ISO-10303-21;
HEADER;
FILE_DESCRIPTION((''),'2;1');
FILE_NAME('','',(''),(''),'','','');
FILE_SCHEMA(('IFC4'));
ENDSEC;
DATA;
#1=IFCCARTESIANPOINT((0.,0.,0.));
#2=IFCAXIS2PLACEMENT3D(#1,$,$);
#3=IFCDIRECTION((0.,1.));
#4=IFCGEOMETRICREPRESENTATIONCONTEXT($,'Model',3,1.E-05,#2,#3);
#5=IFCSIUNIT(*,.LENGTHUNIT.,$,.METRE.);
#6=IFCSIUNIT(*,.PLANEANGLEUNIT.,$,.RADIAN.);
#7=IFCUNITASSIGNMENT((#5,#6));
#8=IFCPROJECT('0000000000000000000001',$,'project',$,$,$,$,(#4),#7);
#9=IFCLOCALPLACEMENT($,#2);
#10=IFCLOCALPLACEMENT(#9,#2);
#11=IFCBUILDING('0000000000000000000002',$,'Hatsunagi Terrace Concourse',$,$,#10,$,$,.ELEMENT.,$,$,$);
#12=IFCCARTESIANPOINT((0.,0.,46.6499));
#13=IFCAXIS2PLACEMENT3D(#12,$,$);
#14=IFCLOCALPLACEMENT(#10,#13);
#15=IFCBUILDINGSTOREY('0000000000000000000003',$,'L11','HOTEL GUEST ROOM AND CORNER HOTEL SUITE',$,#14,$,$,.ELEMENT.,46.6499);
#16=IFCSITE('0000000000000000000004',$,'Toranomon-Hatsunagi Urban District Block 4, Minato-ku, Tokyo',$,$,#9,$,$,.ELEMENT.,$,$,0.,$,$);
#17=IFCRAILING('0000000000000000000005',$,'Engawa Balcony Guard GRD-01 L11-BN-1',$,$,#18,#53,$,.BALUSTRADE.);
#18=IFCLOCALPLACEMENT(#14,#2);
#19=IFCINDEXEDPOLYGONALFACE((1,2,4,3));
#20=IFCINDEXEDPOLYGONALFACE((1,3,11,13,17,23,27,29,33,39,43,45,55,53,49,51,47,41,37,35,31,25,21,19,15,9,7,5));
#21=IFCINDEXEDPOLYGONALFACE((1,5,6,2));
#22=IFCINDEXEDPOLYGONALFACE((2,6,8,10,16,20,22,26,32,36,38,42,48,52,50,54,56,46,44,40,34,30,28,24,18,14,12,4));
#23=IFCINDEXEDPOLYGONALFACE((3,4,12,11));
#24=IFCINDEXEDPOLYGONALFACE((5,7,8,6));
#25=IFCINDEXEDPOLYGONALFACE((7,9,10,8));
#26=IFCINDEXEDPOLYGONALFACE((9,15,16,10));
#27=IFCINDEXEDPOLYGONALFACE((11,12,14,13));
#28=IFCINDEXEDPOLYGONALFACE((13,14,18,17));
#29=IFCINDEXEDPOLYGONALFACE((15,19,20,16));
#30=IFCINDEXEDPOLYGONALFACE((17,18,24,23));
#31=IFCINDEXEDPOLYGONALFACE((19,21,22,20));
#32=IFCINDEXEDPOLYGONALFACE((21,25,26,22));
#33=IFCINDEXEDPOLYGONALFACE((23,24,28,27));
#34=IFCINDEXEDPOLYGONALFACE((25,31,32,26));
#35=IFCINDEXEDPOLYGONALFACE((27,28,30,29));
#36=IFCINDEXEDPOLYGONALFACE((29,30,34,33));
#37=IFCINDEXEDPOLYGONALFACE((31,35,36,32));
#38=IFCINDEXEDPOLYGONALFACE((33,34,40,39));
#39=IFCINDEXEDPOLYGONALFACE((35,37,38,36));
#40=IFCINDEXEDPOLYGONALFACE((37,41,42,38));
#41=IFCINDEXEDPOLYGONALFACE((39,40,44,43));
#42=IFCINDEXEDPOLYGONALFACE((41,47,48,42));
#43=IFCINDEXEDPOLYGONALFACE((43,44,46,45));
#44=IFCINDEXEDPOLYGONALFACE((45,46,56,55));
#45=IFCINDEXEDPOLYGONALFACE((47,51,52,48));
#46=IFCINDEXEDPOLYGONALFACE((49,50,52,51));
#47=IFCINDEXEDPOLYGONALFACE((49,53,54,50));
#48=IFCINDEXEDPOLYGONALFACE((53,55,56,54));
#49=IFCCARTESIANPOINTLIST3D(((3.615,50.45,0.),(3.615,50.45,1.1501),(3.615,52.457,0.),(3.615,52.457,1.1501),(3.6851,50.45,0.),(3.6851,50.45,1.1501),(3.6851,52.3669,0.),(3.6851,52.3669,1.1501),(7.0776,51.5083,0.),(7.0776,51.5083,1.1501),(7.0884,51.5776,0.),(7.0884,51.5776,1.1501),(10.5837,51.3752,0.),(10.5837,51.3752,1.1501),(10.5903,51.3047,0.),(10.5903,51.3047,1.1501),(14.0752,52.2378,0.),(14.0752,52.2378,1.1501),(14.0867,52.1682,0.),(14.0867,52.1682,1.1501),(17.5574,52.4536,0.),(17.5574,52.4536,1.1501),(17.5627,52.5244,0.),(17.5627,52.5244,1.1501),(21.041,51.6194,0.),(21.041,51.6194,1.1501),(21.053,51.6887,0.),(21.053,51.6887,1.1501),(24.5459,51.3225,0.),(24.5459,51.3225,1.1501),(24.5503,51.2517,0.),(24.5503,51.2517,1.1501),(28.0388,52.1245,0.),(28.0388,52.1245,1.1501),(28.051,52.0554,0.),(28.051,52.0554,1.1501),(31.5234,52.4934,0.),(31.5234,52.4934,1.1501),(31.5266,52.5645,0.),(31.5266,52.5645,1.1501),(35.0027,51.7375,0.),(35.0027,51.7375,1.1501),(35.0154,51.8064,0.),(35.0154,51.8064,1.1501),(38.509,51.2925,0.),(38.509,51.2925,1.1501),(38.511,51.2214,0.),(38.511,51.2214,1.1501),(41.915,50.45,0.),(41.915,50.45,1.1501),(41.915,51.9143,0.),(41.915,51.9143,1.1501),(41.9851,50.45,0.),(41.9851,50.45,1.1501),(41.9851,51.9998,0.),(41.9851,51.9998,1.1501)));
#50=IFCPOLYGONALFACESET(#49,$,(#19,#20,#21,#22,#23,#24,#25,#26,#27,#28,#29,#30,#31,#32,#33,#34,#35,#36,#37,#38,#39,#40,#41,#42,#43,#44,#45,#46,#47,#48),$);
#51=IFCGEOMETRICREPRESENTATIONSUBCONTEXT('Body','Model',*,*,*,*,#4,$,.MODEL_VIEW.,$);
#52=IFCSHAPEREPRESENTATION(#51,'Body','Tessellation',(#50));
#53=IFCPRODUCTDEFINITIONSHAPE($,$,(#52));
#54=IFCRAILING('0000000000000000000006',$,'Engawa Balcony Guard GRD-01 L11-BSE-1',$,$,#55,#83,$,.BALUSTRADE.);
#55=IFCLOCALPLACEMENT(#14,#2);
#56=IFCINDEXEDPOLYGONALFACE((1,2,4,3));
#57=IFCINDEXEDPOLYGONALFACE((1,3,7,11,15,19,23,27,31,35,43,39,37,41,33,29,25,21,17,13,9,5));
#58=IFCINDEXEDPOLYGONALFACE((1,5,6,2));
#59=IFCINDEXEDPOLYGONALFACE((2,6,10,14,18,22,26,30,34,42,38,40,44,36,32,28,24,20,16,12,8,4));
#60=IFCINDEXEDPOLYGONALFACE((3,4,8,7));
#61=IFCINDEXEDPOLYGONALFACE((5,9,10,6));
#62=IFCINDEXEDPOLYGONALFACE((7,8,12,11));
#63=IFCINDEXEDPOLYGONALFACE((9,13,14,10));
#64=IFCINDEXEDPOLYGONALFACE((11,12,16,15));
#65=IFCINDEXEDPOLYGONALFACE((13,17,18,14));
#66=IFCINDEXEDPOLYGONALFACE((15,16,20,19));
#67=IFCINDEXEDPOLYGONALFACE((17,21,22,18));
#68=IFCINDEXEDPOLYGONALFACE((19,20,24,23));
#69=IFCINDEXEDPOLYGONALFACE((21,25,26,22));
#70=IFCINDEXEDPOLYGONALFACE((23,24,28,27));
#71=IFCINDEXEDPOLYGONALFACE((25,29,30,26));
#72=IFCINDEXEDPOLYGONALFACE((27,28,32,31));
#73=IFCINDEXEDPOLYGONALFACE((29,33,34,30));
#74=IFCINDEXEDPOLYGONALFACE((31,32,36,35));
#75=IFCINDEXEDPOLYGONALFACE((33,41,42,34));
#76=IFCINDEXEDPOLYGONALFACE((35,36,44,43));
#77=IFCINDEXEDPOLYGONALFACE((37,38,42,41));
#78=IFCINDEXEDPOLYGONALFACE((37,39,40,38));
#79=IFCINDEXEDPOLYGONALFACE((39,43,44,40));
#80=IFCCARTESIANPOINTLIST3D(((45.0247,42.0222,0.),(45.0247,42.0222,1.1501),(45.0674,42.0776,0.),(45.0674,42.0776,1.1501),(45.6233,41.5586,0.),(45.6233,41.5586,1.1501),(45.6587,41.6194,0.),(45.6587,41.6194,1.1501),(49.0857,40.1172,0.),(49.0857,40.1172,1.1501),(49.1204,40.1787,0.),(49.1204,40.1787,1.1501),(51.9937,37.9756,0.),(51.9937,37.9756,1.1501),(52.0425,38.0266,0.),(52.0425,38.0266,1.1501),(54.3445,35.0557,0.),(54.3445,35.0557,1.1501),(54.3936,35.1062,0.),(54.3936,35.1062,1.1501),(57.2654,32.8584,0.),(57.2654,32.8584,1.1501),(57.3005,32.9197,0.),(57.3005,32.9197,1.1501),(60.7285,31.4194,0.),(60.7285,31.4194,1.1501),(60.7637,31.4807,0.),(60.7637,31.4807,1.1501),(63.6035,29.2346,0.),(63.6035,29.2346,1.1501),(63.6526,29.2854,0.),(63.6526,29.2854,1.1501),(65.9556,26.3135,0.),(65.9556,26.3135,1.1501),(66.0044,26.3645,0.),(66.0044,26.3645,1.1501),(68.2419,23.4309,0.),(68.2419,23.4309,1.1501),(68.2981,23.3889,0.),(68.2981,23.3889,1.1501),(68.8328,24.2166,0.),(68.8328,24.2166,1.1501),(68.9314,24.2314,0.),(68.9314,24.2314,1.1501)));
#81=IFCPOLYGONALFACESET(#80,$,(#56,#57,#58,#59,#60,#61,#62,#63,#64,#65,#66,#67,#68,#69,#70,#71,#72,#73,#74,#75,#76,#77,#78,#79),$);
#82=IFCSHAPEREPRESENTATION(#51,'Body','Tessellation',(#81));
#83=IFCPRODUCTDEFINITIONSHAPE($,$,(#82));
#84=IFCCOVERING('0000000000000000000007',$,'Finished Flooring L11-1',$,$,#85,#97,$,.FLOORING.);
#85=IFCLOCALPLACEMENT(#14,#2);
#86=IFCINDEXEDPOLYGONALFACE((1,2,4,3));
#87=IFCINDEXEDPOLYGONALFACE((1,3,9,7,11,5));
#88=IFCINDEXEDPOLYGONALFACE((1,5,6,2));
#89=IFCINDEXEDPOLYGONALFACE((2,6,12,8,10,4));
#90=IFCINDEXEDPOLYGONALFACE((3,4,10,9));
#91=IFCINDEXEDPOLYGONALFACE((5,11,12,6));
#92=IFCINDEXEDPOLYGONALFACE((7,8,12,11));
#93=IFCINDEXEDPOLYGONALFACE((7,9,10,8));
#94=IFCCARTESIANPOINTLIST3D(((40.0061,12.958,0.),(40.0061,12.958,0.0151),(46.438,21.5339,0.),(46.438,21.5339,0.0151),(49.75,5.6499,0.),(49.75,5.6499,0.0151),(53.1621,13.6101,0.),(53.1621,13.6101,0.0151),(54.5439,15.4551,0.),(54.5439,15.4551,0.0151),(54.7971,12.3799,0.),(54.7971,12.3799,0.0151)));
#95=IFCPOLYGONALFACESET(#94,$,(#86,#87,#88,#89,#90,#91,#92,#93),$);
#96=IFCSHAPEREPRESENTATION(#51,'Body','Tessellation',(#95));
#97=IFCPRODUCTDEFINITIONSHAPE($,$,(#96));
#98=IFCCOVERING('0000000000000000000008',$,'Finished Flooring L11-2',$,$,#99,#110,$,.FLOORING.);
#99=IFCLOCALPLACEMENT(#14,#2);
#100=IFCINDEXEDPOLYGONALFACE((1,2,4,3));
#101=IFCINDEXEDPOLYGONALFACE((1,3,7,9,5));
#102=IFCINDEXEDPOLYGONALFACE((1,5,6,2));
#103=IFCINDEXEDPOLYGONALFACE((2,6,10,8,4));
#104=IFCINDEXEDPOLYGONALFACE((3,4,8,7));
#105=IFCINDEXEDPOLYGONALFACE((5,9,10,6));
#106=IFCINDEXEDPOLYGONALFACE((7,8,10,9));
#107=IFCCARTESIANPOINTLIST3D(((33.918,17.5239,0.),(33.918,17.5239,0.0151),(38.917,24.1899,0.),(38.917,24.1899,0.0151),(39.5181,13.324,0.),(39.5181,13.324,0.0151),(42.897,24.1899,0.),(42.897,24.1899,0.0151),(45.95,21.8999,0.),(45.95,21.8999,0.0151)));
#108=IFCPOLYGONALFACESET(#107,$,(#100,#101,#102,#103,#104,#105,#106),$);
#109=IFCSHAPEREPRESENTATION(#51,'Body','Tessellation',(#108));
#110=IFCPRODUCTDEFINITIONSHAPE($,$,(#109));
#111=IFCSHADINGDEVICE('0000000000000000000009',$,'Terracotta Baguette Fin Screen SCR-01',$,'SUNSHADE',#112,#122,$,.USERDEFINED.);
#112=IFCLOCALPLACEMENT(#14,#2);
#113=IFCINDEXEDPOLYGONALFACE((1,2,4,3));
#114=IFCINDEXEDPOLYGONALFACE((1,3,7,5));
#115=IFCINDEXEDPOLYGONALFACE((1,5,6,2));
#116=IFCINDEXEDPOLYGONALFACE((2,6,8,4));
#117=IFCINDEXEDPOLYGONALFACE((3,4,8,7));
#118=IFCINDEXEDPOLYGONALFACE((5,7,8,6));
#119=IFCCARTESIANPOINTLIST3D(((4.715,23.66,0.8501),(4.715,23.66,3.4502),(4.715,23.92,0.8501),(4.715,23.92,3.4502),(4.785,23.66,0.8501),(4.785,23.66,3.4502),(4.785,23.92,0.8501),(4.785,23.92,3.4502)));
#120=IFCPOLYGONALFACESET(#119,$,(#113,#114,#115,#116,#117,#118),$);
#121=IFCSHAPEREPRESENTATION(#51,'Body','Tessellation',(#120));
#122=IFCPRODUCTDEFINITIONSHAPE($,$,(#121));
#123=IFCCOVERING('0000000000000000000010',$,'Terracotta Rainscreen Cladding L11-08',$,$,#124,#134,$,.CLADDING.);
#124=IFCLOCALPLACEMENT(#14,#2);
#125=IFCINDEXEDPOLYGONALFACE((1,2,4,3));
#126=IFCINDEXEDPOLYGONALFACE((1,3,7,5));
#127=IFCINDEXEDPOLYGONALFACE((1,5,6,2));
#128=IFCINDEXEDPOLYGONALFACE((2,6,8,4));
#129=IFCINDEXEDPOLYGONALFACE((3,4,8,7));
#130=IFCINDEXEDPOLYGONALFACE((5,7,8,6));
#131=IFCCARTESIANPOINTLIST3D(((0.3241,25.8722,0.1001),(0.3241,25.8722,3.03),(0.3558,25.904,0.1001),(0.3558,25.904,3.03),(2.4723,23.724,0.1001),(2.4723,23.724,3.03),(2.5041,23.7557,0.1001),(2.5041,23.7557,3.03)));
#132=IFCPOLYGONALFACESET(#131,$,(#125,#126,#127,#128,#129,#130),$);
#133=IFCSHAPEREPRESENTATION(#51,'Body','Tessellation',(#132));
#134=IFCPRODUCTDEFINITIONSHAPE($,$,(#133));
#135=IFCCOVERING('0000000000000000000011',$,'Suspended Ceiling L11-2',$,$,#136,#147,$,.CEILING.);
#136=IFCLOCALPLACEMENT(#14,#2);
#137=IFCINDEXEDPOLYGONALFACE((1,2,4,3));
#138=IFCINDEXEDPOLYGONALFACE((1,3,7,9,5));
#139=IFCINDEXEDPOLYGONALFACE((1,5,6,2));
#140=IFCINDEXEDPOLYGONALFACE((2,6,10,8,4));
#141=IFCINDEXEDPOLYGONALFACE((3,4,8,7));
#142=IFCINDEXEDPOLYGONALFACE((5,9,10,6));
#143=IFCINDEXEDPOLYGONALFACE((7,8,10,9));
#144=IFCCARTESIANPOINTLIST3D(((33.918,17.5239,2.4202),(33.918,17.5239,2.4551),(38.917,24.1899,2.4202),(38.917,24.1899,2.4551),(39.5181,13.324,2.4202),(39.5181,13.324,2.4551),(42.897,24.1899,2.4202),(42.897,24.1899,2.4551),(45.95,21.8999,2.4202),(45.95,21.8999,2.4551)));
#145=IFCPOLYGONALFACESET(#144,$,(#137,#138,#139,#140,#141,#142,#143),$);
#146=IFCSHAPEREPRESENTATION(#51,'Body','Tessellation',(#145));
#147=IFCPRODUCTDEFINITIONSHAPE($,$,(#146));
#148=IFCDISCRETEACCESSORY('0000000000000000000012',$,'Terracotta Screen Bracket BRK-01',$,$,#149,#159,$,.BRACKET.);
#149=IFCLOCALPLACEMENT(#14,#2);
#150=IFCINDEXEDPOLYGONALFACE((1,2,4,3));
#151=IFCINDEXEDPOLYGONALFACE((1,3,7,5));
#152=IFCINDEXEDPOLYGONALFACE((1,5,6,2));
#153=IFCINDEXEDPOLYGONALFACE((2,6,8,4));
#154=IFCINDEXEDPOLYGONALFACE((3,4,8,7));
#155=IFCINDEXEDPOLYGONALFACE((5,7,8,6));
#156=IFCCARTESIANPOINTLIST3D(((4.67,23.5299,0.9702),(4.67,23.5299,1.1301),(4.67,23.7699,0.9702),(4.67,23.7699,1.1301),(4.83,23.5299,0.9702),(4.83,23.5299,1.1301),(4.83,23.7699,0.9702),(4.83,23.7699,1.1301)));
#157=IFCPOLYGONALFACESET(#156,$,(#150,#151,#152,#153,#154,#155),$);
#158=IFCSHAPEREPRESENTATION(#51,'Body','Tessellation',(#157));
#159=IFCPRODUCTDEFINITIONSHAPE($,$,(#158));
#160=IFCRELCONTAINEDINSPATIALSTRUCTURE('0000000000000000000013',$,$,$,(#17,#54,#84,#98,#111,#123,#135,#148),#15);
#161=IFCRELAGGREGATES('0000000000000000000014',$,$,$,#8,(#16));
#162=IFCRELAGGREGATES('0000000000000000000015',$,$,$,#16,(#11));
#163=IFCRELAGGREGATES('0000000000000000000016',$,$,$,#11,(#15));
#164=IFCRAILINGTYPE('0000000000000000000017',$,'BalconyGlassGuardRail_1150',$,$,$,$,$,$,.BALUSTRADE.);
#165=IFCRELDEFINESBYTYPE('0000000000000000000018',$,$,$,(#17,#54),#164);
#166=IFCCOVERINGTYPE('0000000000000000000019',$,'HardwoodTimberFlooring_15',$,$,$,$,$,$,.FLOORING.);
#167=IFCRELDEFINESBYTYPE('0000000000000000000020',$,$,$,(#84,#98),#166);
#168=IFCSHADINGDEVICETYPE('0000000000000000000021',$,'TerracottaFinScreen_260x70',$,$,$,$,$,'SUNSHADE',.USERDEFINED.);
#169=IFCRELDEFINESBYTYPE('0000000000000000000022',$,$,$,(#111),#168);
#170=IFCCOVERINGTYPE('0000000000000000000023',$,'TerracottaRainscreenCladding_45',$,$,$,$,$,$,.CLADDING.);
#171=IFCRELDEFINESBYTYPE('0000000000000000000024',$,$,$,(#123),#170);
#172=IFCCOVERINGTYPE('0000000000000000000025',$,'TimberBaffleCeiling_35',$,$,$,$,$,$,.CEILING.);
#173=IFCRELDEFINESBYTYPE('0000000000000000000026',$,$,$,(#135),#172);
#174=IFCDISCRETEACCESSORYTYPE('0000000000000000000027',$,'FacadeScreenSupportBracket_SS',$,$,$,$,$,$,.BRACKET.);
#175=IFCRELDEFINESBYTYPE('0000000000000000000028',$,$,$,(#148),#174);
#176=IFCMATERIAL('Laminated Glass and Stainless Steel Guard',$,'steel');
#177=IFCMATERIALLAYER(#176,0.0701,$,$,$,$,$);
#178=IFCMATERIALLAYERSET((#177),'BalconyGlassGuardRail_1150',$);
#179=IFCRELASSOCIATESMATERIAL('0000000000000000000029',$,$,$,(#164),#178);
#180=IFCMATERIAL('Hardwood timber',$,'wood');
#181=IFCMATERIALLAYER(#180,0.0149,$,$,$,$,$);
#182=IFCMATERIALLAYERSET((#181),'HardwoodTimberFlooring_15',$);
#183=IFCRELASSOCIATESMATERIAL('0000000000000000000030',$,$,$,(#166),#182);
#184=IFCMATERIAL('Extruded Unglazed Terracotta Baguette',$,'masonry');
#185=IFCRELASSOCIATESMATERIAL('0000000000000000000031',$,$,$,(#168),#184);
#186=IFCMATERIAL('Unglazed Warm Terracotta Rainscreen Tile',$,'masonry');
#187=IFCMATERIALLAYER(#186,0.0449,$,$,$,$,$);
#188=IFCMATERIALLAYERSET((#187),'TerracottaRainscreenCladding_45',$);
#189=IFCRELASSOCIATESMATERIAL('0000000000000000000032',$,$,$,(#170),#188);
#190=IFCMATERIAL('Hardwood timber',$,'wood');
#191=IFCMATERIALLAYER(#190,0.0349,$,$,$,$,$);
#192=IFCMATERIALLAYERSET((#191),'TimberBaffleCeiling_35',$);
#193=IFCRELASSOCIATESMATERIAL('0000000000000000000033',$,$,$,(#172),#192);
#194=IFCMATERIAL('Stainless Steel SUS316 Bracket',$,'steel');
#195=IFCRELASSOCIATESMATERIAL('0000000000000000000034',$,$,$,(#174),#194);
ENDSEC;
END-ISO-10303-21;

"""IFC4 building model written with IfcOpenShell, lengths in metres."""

from ifc_helpers import new_model, si_unit, direction, frame, origin, origin_2d, place, context, subcontext, project, spatial, polyline, rectangle, outline, extrude, material, layer, layer_set, type_object, element, save


model = new_model("IFC4")

# Units and contexts
model_context = context("Model", 3, precision=1e-05, world=origin(), true_north=direction((0.0, 1.0)))
body_context = subcontext(model_context, "Body", "Model", "MODEL_VIEW")
ifc_project = project(units=[si_unit("LENGTHUNIT", "METRE"), si_unit("PLANEANGLEUNIT", "RADIAN")], contexts=[model_context])

# Site, building, storey
site_placement = place(None, origin())
site = spatial("IfcSite", under=ifc_project, at=site_placement, Name="Toranomon-Hatsunagi Urban District Block 4, Minato-ku, Tokyo", CompositionType="ELEMENT", RefElevation=0.0)
building_placement = place(site_placement, origin())
building = spatial("IfcBuilding", under=site, at=building_placement, Name="Hatsunagi Terrace Concourse", CompositionType="ELEMENT")
storey_placement = place(building_placement, frame((0.0, 0.0, 46.6499)))
storey = spatial("IfcBuildingStorey", under=building, at=storey_placement, Name="L11", Description="HOTEL GUEST ROOM AND CORNER HOTEL SUITE", CompositionType="ELEMENT", Elevation=46.6499)

# Railings
ifc_material_1 = material(Name="Laminated Glass and Stainless Steel Guard", Category="steel")
ifc_layer_1 = layer(ifc_material_1, 0.0701)
ifc_layer_set_1 = layer_set([ifc_layer_1], Name="BalconyGlassGuardRail_1150")
railing_type = type_object("IfcRailingType", Name="BalconyGlassGuardRail_1150", PredefinedType="BALUSTRADE", material=ifc_layer_set_1)
railing_1_placement = place(storey_placement, origin())
element("IfcRailing", 1, at=railing_1_placement, inside=storey, type_object=railing_type, Name="Engawa Balcony Guard GRD-01 L11-BN-1", PredefinedType="BALUSTRADE", context=body_context, shape_type="SweptSolid", body=[
    extrude(outline(polyline([(3.615, 50.45), (3.6851, 50.45), (3.6851, 52.3669), (7.0776, 51.5083), (10.5903, 51.3047), (14.0867, 52.1682), (17.5574, 52.4536), (21.041, 51.6194), (24.5503, 51.2517), (28.051, 52.0554), (31.5234, 52.4934), (35.0027, 51.7375), (38.511, 51.2214), (41.915, 51.9143), (41.915, 50.45), (41.9851, 50.45), (41.9851, 51.9998), (38.509, 51.2925), (35.0154, 51.8064), (31.5266, 52.5645), (28.0388, 52.1245), (24.5459, 51.3225), (21.053, 51.6887), (17.5627, 52.5244), (14.0752, 52.2378), (10.5837, 51.3752), (7.0884, 51.5776), (3.615, 52.457), (3.615, 50.45)])), origin(), (0.0, 0.0, 1.0), 1.1501),
])
railing_2_placement = place(storey_placement, origin())
element("IfcRailing", 2, at=railing_2_placement, inside=storey, type_object=railing_type, Name="Engawa Balcony Guard GRD-01 L11-BSE-1", PredefinedType="BALUSTRADE", context=body_context, shape_type="SweptSolid", body=[
    extrude(outline(polyline([(45.0674, 42.0776), (45.0247, 42.0222), (45.6233, 41.5586), (49.0857, 40.1172), (51.9937, 37.9756), (54.3445, 35.0557), (57.2654, 32.8584), (60.7285, 31.4194), (63.6035, 29.2346), (65.9556, 26.3135), (68.8328, 24.2166), (68.2419, 23.4309), (68.2981, 23.3889), (68.9314, 24.2314), (66.0044, 26.3645), (63.6526, 29.2854), (60.7637, 31.4807), (57.3005, 32.9197), (54.3936, 35.1062), (52.0425, 38.0266), (49.1204, 40.1787), (45.6587, 41.6194), (45.0674, 42.0776)])), origin(), (0.0, 0.0, 1.0), 1.1501),
])

# Coverings
ifc_material_2 = material(Name="Hardwood timber", Category="wood")
ifc_layer_2 = layer(ifc_material_2, 0.0149)
ifc_layer_set_2 = layer_set([ifc_layer_2], Name="HardwoodTimberFlooring_15")
covering_type_1 = type_object("IfcCoveringType", Name="HardwoodTimberFlooring_15", PredefinedType="FLOORING", material=ifc_layer_set_2)
covering_1_placement = place(storey_placement, origin())
element("IfcCovering", 3, at=covering_1_placement, inside=storey, type_object=covering_type_1, Name="Finished Flooring L11-1", PredefinedType="FLOORING", context=body_context, shape_type="SweptSolid", body=[
    extrude(outline(polyline([(49.75, 5.6499), (54.7971, 12.3799), (53.1621, 13.6101), (54.5439, 15.4551), (46.438, 21.5339), (40.0061, 12.958), (49.75, 5.6499)])), origin(), (0.0, 0.0, 1.0), 0.0151),
])
covering_2_placement = place(storey_placement, origin())
element("IfcCovering", 4, at=covering_2_placement, inside=storey, type_object=covering_type_1, Name="Finished Flooring L11-2", PredefinedType="FLOORING", context=body_context, shape_type="SweptSolid", body=[
    extrude(outline(polyline([(39.5181, 13.324), (45.95, 21.8999), (42.897, 24.1899), (38.917, 24.1899), (33.918, 17.5239), (39.5181, 13.324)])), origin(), (0.0, 0.0, 1.0), 0.0151),
])

# Shading device
ifc_material_3 = material(Name="Extruded Unglazed Terracotta Baguette", Category="masonry")
shading_device_type = type_object("IfcShadingDeviceType", Name="TerracottaFinScreen_260x70", ElementType="SUNSHADE", PredefinedType="USERDEFINED", material=ifc_material_3)
shading_device_placement = place(storey_placement, frame((4.75, 23.79, 0.8501), z_axis=(0.0, 0.0, 1.0), x_axis=(-1.0, 0.0, 0.0)))
element("IfcShadingDevice", 5, at=shading_device_placement, inside=storey, type_object=shading_device_type, Name="Terracotta Baguette Fin Screen SCR-01", ObjectType="SUNSHADE", PredefinedType="USERDEFINED", context=body_context, shape_type="SweptSolid", body=[
    extrude(rectangle(XDim=0.0701, YDim=0.26, at=origin_2d()), origin(), (0.0, 0.0, 1.0), 2.6001),
])

# Coverings
ifc_material_4 = material(Name="Unglazed Warm Terracotta Rainscreen Tile", Category="masonry")
ifc_layer_3 = layer(ifc_material_4, 0.0449)
ifc_layer_set_3 = layer_set([ifc_layer_3], Name="TerracottaRainscreenCladding_45")
covering_type_2 = type_object("IfcCoveringType", Name="TerracottaRainscreenCladding_45", PredefinedType="CLADDING", material=ifc_layer_set_3)
covering_3_placement = place(storey_placement, frame((1.4141, 24.814, 0.1001), z_axis=(0.0, 0.0, 1.0), x_axis=(-0.707107, 0.707107, 0.0)))
element("IfcCovering", 6, at=covering_3_placement, inside=storey, type_object=covering_type_2, Name="Terracotta Rainscreen Cladding L11-08", PredefinedType="CLADDING", context=body_context, shape_type="SweptSolid", body=[
    extrude(rectangle(XDim=3.0381, YDim=0.0449, at=origin_2d()), origin(), (0.0, 0.0, 1.0), 2.9299),
])
ifc_material_5 = material(Name="Hardwood timber", Category="wood")
ifc_layer_4 = layer(ifc_material_5, 0.0349)
ifc_layer_set_4 = layer_set([ifc_layer_4], Name="TimberBaffleCeiling_35")
covering_type_3 = type_object("IfcCoveringType", Name="TimberBaffleCeiling_35", PredefinedType="CEILING", material=ifc_layer_set_4)
covering_4_placement = place(storey_placement, frame((0.0, 0.0, 2.4202)))
element("IfcCovering", 7, at=covering_4_placement, inside=storey, type_object=covering_type_3, Name="Suspended Ceiling L11-2", PredefinedType="CEILING", context=body_context, shape_type="SweptSolid", body=[
    extrude(outline(polyline([(39.5181, 13.324), (45.95, 21.8999), (42.897, 24.1899), (38.917, 24.1899), (33.918, 17.5239), (39.5181, 13.324)])), origin(), (0.0, 0.0, 1.0), 0.0349),
])

# Discrete accessory
ifc_material_6 = material(Name="Stainless Steel SUS316 Bracket", Category="steel")
discrete_accessory_type = type_object("IfcDiscreteAccessoryType", Name="FacadeScreenSupportBracket_SS", PredefinedType="BRACKET", material=ifc_material_6)
discrete_accessory_placement = place(storey_placement, frame((4.75, 23.6499, 0.9702), z_axis=(0.0, 0.0, 1.0), x_axis=(-1.0, 0.0, 0.0)))
element("IfcDiscreteAccessory", 8, at=discrete_accessory_placement, inside=storey, type_object=discrete_accessory_type, Name="Terracotta Screen Bracket BRK-01", PredefinedType="BRACKET", context=body_context, shape_type="SweptSolid", body=[
    extrude(rectangle(XDim=0.1599, YDim=0.24, at=origin_2d()), origin(), (0.0, 0.0, 1.0), 0.1599),
])

save(model, "model.ifc")
